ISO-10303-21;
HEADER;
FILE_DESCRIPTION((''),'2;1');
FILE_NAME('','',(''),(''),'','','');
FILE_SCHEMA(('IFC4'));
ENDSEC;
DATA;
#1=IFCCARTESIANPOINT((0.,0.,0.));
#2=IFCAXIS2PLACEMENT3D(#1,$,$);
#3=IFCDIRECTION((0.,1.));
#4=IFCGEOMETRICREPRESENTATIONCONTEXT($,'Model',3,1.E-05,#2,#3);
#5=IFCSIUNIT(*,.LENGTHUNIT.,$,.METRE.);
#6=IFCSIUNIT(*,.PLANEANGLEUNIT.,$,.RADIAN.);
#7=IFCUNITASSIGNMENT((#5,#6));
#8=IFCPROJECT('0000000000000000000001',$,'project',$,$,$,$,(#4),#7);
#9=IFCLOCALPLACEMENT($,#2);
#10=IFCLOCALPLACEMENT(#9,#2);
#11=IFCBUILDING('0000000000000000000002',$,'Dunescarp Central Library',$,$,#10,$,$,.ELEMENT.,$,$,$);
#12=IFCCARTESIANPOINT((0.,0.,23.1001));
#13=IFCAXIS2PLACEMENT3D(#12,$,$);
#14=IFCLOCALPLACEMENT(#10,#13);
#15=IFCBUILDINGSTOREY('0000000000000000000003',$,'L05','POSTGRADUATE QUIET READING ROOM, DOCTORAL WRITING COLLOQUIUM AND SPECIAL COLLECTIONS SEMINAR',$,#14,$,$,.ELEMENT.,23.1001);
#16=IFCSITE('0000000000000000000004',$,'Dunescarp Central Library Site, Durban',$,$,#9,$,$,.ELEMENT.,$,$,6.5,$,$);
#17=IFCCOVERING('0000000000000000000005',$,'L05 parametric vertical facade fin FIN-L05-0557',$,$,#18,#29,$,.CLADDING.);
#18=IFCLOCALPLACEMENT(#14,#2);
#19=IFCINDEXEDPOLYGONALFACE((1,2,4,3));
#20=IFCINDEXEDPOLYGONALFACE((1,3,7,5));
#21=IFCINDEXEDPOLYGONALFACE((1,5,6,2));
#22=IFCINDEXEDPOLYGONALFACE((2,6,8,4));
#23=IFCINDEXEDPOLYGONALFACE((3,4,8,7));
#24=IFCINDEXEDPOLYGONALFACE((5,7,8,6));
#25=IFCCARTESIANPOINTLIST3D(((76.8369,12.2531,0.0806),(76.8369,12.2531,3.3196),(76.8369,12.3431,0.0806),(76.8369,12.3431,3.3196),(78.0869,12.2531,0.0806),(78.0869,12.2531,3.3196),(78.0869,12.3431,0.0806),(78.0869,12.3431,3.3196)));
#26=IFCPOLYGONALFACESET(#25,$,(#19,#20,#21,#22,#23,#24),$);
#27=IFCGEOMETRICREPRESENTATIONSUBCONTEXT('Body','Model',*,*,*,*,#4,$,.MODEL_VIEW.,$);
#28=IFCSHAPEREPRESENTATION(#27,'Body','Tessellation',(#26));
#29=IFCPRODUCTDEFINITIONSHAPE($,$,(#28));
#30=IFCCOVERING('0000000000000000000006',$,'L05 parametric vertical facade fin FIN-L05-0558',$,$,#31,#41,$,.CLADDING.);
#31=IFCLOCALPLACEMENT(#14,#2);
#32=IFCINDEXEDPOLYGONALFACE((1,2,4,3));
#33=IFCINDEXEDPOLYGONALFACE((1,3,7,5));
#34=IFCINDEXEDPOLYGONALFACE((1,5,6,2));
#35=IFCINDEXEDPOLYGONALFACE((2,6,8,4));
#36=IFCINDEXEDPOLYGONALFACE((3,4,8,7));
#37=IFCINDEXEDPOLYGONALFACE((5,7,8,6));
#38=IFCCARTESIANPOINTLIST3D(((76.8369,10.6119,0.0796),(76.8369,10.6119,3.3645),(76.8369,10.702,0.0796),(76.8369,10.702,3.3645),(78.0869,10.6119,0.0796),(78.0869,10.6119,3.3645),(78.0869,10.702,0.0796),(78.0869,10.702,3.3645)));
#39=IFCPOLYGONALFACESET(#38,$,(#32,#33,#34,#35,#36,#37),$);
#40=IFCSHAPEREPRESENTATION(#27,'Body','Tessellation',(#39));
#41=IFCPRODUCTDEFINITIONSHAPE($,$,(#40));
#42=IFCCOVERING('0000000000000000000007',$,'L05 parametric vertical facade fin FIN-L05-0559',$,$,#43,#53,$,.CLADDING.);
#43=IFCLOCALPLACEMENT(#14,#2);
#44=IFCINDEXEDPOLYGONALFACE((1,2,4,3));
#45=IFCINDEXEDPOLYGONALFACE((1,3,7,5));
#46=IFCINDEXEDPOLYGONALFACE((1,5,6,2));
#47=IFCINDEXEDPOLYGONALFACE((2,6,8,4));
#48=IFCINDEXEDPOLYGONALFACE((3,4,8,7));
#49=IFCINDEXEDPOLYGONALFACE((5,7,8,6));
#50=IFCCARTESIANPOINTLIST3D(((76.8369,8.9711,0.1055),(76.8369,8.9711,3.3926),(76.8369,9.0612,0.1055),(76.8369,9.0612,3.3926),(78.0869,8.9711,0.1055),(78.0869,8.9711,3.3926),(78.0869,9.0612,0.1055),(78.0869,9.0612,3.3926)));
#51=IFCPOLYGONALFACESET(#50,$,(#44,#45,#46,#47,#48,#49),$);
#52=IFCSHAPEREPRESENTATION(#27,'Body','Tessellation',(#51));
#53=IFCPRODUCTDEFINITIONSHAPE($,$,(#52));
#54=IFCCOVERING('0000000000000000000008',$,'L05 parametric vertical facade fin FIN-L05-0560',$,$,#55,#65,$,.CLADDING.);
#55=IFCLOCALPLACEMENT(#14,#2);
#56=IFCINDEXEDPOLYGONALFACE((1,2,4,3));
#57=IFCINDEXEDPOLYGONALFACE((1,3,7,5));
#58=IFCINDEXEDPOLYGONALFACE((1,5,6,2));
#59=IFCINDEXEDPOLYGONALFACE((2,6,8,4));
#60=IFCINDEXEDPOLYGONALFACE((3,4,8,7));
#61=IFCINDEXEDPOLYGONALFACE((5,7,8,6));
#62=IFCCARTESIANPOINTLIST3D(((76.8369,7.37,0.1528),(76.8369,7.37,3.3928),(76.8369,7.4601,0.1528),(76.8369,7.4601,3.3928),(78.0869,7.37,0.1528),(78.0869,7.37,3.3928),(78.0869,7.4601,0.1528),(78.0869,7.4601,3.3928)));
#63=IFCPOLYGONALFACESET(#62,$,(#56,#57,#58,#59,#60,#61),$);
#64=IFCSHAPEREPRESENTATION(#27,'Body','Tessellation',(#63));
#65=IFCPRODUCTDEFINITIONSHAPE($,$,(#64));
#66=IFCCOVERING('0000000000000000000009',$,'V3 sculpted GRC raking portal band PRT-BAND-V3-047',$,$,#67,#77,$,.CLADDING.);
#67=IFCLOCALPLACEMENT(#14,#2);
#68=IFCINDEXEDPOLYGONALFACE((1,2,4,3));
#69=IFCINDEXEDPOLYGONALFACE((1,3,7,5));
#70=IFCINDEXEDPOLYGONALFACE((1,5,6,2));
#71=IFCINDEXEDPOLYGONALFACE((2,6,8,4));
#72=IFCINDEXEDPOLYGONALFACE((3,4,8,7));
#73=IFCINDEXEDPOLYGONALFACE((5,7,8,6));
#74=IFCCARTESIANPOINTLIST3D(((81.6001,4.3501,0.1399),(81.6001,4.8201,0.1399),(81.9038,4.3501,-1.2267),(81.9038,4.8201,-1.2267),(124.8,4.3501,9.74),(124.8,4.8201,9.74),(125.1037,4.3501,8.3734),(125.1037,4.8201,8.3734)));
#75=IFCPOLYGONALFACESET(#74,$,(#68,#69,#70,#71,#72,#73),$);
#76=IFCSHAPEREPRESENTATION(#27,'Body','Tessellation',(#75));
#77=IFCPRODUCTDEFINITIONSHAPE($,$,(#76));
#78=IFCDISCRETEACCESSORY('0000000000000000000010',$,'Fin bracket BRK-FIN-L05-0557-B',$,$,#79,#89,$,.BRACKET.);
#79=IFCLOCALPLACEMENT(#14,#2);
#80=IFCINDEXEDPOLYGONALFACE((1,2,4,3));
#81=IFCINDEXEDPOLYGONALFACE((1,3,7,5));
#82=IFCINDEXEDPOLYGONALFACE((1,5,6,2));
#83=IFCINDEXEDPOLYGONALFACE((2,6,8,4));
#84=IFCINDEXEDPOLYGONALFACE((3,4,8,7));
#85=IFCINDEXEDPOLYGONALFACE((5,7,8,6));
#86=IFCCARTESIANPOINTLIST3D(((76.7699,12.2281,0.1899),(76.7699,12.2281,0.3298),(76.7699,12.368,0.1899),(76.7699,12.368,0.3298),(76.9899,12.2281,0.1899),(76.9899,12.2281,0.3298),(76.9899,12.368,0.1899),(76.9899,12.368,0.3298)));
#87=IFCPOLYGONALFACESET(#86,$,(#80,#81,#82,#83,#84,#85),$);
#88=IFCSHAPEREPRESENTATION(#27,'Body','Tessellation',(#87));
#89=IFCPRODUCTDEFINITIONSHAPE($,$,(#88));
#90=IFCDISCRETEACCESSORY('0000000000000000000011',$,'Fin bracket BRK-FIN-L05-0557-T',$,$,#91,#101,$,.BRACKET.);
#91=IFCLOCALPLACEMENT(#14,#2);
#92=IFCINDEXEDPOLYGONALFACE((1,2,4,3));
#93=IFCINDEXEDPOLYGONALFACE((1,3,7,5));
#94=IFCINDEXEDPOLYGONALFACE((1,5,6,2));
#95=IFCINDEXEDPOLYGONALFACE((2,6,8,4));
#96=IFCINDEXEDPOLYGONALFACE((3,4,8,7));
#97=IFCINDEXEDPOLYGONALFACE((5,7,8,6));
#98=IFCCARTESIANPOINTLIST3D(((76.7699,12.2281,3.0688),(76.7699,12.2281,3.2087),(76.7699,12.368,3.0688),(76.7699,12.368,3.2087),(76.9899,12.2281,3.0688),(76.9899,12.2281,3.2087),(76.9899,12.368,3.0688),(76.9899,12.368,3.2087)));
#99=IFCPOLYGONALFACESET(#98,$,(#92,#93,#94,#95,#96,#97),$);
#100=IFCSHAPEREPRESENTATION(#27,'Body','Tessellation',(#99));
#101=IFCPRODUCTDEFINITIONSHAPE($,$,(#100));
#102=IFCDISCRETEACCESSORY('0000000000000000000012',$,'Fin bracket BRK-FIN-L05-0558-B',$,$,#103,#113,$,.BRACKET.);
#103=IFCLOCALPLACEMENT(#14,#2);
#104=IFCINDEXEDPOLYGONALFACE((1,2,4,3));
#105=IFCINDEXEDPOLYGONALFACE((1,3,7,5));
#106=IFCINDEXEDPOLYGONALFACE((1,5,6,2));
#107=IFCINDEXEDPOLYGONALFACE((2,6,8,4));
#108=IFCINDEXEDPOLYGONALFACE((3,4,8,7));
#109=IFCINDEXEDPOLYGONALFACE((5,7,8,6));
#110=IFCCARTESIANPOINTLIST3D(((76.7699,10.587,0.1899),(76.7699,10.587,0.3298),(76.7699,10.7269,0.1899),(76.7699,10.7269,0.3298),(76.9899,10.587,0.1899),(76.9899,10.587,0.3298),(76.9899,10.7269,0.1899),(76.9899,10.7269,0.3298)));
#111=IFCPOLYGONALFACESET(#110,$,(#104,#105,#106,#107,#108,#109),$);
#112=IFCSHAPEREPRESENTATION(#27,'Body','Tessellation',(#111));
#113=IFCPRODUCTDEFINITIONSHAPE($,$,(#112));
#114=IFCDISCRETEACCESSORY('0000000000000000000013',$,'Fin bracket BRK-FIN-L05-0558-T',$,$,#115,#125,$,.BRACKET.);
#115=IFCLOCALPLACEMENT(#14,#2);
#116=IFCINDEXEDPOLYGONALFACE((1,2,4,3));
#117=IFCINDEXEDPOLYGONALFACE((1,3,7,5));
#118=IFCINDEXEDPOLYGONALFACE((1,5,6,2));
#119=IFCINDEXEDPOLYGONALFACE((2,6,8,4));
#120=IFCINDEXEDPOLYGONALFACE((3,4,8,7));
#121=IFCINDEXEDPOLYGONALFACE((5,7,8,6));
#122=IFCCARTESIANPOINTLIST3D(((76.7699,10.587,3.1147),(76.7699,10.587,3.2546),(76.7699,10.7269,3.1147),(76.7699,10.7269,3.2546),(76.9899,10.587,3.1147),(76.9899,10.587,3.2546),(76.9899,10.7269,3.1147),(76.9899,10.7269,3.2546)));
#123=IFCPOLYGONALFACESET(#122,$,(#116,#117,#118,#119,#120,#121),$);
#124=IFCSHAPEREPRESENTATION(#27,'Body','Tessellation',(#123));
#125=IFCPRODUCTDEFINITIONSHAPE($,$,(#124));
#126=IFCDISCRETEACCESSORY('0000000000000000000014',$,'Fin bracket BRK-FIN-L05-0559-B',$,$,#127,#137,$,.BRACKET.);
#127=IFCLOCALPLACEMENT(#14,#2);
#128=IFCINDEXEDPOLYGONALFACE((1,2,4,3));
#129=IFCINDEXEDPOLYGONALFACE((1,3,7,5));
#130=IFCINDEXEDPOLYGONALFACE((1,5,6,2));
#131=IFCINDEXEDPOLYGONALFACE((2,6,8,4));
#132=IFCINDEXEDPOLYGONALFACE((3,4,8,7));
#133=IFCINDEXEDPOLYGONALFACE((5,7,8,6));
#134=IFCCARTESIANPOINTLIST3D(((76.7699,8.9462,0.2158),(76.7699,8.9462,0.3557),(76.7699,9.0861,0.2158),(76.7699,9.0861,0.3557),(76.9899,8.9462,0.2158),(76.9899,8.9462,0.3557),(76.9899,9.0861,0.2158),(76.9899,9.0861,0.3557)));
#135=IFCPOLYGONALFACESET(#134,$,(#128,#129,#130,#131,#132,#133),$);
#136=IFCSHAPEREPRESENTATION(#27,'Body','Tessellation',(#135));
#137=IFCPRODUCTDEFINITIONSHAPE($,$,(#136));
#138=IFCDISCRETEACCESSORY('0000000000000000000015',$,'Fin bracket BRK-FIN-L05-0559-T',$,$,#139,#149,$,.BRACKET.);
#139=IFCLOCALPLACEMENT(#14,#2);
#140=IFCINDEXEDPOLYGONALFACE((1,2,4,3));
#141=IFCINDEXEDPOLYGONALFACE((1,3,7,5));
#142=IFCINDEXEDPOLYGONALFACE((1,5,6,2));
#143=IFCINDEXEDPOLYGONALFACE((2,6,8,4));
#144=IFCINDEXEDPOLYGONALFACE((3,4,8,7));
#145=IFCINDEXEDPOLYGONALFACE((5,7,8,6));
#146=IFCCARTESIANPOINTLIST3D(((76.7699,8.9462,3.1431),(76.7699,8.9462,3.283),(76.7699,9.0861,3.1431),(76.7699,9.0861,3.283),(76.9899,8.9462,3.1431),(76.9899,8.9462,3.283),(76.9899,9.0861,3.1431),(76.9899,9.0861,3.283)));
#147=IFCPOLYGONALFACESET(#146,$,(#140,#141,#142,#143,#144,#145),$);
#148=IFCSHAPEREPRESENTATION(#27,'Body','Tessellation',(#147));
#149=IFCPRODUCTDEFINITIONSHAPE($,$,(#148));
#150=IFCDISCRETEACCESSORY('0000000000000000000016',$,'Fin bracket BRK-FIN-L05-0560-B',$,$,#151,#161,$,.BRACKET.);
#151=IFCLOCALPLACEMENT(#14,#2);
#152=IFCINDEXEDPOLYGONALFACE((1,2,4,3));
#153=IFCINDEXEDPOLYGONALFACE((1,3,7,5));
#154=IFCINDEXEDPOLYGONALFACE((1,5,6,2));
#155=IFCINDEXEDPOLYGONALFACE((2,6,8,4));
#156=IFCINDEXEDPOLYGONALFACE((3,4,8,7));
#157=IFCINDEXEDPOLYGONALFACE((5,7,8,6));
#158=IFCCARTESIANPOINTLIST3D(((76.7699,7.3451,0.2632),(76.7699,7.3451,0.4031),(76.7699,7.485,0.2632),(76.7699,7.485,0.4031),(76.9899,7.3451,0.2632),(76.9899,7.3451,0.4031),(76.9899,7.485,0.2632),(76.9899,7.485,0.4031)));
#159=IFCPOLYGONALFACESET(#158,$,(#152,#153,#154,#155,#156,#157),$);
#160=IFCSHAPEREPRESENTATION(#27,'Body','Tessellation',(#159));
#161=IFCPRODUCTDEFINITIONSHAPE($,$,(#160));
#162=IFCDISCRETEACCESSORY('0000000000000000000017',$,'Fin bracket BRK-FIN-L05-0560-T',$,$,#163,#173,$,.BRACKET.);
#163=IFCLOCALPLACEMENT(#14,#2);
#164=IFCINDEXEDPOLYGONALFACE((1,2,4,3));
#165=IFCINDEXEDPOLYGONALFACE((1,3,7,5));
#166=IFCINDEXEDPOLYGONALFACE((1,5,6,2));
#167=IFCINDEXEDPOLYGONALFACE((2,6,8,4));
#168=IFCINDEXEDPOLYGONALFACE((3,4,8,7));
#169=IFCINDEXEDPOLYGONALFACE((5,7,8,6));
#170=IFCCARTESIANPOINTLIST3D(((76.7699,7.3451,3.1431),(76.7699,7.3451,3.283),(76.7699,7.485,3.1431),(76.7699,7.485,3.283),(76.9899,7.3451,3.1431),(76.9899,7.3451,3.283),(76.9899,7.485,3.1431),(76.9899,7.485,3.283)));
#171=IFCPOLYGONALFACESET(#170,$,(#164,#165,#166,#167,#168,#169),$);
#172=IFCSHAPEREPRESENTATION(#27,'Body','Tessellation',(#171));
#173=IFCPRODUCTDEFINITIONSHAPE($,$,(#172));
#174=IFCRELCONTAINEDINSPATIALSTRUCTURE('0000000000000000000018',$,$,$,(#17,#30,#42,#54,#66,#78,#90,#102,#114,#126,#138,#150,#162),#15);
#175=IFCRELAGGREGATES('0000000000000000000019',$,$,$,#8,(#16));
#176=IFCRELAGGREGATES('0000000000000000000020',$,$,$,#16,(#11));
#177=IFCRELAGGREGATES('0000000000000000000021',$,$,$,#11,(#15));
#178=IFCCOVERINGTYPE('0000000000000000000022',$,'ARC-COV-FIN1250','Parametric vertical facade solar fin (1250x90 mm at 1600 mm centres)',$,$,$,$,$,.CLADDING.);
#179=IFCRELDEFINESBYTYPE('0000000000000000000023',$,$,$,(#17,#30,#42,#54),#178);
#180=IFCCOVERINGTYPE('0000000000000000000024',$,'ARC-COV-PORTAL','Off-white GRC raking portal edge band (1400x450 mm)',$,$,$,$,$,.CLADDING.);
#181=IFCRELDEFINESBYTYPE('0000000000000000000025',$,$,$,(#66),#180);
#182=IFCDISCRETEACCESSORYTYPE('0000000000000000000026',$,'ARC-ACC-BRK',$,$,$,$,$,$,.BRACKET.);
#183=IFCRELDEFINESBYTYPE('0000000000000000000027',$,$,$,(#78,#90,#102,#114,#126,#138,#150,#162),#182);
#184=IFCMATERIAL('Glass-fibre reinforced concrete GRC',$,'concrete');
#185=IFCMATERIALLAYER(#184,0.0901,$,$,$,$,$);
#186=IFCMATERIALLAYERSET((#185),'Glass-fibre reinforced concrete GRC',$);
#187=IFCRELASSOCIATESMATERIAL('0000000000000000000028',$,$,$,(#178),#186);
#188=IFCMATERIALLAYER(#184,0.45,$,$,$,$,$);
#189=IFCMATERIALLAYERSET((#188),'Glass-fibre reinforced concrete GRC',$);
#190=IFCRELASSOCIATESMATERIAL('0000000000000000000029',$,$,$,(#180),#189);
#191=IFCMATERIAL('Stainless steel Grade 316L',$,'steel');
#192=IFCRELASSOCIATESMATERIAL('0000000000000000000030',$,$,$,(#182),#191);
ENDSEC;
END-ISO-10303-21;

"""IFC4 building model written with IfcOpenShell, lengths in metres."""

from ifc_helpers import new_model, si_unit, direction, frame, origin, origin_2d, place, context, subcontext, project, spatial, polyline, rectangle, outline, extrude, material, layer, layer_set, type_object, element, save


model = new_model("IFC4")

# Units and contexts
model_context = context("Model", 3, precision=1e-05, world=origin(), true_north=direction((0.0, 1.0)))
body_context = subcontext(model_context, "Body", "Model", "MODEL_VIEW")
ifc_project = project(units=[si_unit("LENGTHUNIT", "METRE"), si_unit("PLANEANGLEUNIT", "RADIAN")], contexts=[model_context])

# Site, building, storey
site_placement = place(None, origin())
site = spatial("IfcSite", under=ifc_project, at=site_placement, Name="Dunescarp Central Library Site, Durban", CompositionType="ELEMENT", RefElevation=6.5)
building_placement = place(site_placement, origin())
building = spatial("IfcBuilding", under=site, at=building_placement, Name="Dunescarp Central Library", CompositionType="ELEMENT")
storey_placement = place(building_placement, frame((0.0, 0.0, 23.1001)))
storey = spatial("IfcBuildingStorey", under=building, at=storey_placement, Name="L05", Description="POSTGRADUATE QUIET READING ROOM, DOCTORAL WRITING COLLOQUIUM AND SPECIAL COLLECTIONS SEMINAR", CompositionType="ELEMENT", Elevation=23.1001)

# Shared definitions
ifc_material_1 = material(Name="Glass-fibre reinforced concrete GRC", Category="concrete")

# Coverings
ifc_layer_1 = layer(ifc_material_1, 0.0901)
ifc_layer_set_1 = layer_set([ifc_layer_1], Name="Glass-fibre reinforced concrete GRC")
covering_type_1 = type_object("IfcCoveringType", Name="ARC-COV-FIN1250", Description="Parametric vertical facade solar fin (1250x90 mm at 1600 mm centres)", PredefinedType="CLADDING", material=ifc_layer_set_1)
covering_1_placement = place(storey_placement, frame((77.4619, 12.2981, 0.0806), z_axis=(0.0, 0.0, 1.0), x_axis=(1.0, 0.0, 0.0)))
element("IfcCovering", 1, at=covering_1_placement, inside=storey, type_object=covering_type_1, Name="L05 parametric vertical facade fin FIN-L05-0557", PredefinedType="CLADDING", context=body_context, shape_type="SweptSolid", body=[
    extrude(rectangle(XDim=1.25, YDim=0.0901, at=origin_2d()), origin(), (0.0, 0.0, 1.0), 3.239),
])
covering_2_placement = place(storey_placement, frame((77.4619, 10.657, 0.0796), z_axis=(0.0, 0.0, 1.0), x_axis=(1.0, 0.0, 0.0)))
element("IfcCovering", 2, at=covering_2_placement, inside=storey, type_object=covering_type_1, Name="L05 parametric vertical facade fin FIN-L05-0558", PredefinedType="CLADDING", context=body_context, shape_type="SweptSolid", body=[
    extrude(rectangle(XDim=1.25, YDim=0.0901, at=origin_2d()), origin(), (0.0, 0.0, 1.0), 3.2849),
])
covering_3_placement = place(storey_placement, frame((77.4619, 9.0161, 0.1055), z_axis=(0.0, 0.0, 1.0), x_axis=(1.0, 0.0, 0.0)))
element("IfcCovering", 3, at=covering_3_placement, inside=storey, type_object=covering_type_1, Name="L05 parametric vertical facade fin FIN-L05-0559", PredefinedType="CLADDING", context=body_context, shape_type="SweptSolid", body=[
    extrude(rectangle(XDim=1.25, YDim=0.0901, at=origin_2d()), origin(), (0.0, 0.0, 1.0), 3.2871),
])
covering_4_placement = place(storey_placement, frame((77.4619, 7.415, 0.1528), z_axis=(0.0, 0.0, 1.0), x_axis=(1.0, 0.0, 0.0)))
element("IfcCovering", 4, at=covering_4_placement, inside=storey, type_object=covering_type_1, Name="L05 parametric vertical facade fin FIN-L05-0560", PredefinedType="CLADDING", context=body_context, shape_type="SweptSolid", body=[
    extrude(rectangle(XDim=1.25, YDim=0.0901, at=origin_2d()), origin(), (0.0, 0.0, 1.0), 3.24),
])
ifc_layer_2 = layer(ifc_material_1, 0.45)
ifc_layer_set_2 = layer_set([ifc_layer_2], Name="Glass-fibre reinforced concrete GRC")
covering_type_2 = type_object("IfcCoveringType", Name="ARC-COV-PORTAL", Description="Off-white GRC raking portal edge band (1400x450 mm)", PredefinedType="CLADDING", material=ifc_layer_set_2)
covering_5_placement = place(storey_placement, frame((81.6001, 4.3501, 0.1399), z_axis=(-0.216933, 0.0, 0.976187), x_axis=(0.976187, 0.0, 0.216933)))
element("IfcCovering", 5, at=covering_5_placement, inside=storey, type_object=covering_type_2, Name="V3 sculpted GRC raking portal band PRT-BAND-V3-047", PredefinedType="CLADDING", context=body_context, shape_type="SweptSolid", body=[
    extrude(outline(polyline([(0.0, 0.0), (44.2538, 0.0), (44.2538, 0.47), (0.0, 0.47), (0.0, 0.0)])), origin(), (0.0, 0.0, -1.0), 1.3999),
])

# Discrete accessories
ifc_material_2 = material(Name="Stainless steel Grade 316L", Category="steel")
discrete_accessory_type = type_object("IfcDiscreteAccessoryType", Name="ARC-ACC-BRK", PredefinedType="BRACKET", material=ifc_material_2)
for number, where, z_axis, x_axis, name in (
    (6, (76.8799, 12.2981, 0.1899), (0.0, 0.0, 1.0), (1.0, 0.0, 0.0), "Fin bracket BRK-FIN-L05-0557-B"),
    (7, (76.8799, 12.2981, 3.0688), (0.0, 0.0, 1.0), (1.0, 0.0, 0.0), "Fin bracket BRK-FIN-L05-0557-T"),
    (8, (76.8799, 10.657, 0.1899), (0.0, 0.0, 1.0), (1.0, 0.0, 0.0), "Fin bracket BRK-FIN-L05-0558-B"),
    (9, (76.8799, 10.657, 3.1147), (0.0, 0.0, 1.0), (1.0, 0.0, 0.0), "Fin bracket BRK-FIN-L05-0558-T"),
    (10, (76.8799, 9.0161, 0.2158), (0.0, 0.0, 1.0), (1.0, 0.0, 0.0), "Fin bracket BRK-FIN-L05-0559-B"),
    (11, (76.8799, 9.0161, 3.1431), (0.0, 0.0, 1.0), (1.0, 0.0, 0.0), "Fin bracket BRK-FIN-L05-0559-T"),
    (12, (76.8799, 7.415, 0.2632), (0.0, 0.0, 1.0), (1.0, 0.0, 0.0), "Fin bracket BRK-FIN-L05-0560-B"),
    (13, (76.8799, 7.415, 3.1431), (0.0, 0.0, 1.0), (1.0, 0.0, 0.0), "Fin bracket BRK-FIN-L05-0560-T"),
):
    element("IfcDiscreteAccessory", number, at=place(storey_placement, frame(where, z_axis=z_axis, x_axis=x_axis)), inside=storey, type_object=discrete_accessory_type, Name=name, PredefinedType="BRACKET", context=body_context, shape_type="SweptSolid", body=[
        extrude(rectangle(XDim=0.22, YDim=0.1399, at=origin_2d()), origin(), (0.0, 0.0, 1.0), 0.1399),
    ])

save(model, "model.ifc")
